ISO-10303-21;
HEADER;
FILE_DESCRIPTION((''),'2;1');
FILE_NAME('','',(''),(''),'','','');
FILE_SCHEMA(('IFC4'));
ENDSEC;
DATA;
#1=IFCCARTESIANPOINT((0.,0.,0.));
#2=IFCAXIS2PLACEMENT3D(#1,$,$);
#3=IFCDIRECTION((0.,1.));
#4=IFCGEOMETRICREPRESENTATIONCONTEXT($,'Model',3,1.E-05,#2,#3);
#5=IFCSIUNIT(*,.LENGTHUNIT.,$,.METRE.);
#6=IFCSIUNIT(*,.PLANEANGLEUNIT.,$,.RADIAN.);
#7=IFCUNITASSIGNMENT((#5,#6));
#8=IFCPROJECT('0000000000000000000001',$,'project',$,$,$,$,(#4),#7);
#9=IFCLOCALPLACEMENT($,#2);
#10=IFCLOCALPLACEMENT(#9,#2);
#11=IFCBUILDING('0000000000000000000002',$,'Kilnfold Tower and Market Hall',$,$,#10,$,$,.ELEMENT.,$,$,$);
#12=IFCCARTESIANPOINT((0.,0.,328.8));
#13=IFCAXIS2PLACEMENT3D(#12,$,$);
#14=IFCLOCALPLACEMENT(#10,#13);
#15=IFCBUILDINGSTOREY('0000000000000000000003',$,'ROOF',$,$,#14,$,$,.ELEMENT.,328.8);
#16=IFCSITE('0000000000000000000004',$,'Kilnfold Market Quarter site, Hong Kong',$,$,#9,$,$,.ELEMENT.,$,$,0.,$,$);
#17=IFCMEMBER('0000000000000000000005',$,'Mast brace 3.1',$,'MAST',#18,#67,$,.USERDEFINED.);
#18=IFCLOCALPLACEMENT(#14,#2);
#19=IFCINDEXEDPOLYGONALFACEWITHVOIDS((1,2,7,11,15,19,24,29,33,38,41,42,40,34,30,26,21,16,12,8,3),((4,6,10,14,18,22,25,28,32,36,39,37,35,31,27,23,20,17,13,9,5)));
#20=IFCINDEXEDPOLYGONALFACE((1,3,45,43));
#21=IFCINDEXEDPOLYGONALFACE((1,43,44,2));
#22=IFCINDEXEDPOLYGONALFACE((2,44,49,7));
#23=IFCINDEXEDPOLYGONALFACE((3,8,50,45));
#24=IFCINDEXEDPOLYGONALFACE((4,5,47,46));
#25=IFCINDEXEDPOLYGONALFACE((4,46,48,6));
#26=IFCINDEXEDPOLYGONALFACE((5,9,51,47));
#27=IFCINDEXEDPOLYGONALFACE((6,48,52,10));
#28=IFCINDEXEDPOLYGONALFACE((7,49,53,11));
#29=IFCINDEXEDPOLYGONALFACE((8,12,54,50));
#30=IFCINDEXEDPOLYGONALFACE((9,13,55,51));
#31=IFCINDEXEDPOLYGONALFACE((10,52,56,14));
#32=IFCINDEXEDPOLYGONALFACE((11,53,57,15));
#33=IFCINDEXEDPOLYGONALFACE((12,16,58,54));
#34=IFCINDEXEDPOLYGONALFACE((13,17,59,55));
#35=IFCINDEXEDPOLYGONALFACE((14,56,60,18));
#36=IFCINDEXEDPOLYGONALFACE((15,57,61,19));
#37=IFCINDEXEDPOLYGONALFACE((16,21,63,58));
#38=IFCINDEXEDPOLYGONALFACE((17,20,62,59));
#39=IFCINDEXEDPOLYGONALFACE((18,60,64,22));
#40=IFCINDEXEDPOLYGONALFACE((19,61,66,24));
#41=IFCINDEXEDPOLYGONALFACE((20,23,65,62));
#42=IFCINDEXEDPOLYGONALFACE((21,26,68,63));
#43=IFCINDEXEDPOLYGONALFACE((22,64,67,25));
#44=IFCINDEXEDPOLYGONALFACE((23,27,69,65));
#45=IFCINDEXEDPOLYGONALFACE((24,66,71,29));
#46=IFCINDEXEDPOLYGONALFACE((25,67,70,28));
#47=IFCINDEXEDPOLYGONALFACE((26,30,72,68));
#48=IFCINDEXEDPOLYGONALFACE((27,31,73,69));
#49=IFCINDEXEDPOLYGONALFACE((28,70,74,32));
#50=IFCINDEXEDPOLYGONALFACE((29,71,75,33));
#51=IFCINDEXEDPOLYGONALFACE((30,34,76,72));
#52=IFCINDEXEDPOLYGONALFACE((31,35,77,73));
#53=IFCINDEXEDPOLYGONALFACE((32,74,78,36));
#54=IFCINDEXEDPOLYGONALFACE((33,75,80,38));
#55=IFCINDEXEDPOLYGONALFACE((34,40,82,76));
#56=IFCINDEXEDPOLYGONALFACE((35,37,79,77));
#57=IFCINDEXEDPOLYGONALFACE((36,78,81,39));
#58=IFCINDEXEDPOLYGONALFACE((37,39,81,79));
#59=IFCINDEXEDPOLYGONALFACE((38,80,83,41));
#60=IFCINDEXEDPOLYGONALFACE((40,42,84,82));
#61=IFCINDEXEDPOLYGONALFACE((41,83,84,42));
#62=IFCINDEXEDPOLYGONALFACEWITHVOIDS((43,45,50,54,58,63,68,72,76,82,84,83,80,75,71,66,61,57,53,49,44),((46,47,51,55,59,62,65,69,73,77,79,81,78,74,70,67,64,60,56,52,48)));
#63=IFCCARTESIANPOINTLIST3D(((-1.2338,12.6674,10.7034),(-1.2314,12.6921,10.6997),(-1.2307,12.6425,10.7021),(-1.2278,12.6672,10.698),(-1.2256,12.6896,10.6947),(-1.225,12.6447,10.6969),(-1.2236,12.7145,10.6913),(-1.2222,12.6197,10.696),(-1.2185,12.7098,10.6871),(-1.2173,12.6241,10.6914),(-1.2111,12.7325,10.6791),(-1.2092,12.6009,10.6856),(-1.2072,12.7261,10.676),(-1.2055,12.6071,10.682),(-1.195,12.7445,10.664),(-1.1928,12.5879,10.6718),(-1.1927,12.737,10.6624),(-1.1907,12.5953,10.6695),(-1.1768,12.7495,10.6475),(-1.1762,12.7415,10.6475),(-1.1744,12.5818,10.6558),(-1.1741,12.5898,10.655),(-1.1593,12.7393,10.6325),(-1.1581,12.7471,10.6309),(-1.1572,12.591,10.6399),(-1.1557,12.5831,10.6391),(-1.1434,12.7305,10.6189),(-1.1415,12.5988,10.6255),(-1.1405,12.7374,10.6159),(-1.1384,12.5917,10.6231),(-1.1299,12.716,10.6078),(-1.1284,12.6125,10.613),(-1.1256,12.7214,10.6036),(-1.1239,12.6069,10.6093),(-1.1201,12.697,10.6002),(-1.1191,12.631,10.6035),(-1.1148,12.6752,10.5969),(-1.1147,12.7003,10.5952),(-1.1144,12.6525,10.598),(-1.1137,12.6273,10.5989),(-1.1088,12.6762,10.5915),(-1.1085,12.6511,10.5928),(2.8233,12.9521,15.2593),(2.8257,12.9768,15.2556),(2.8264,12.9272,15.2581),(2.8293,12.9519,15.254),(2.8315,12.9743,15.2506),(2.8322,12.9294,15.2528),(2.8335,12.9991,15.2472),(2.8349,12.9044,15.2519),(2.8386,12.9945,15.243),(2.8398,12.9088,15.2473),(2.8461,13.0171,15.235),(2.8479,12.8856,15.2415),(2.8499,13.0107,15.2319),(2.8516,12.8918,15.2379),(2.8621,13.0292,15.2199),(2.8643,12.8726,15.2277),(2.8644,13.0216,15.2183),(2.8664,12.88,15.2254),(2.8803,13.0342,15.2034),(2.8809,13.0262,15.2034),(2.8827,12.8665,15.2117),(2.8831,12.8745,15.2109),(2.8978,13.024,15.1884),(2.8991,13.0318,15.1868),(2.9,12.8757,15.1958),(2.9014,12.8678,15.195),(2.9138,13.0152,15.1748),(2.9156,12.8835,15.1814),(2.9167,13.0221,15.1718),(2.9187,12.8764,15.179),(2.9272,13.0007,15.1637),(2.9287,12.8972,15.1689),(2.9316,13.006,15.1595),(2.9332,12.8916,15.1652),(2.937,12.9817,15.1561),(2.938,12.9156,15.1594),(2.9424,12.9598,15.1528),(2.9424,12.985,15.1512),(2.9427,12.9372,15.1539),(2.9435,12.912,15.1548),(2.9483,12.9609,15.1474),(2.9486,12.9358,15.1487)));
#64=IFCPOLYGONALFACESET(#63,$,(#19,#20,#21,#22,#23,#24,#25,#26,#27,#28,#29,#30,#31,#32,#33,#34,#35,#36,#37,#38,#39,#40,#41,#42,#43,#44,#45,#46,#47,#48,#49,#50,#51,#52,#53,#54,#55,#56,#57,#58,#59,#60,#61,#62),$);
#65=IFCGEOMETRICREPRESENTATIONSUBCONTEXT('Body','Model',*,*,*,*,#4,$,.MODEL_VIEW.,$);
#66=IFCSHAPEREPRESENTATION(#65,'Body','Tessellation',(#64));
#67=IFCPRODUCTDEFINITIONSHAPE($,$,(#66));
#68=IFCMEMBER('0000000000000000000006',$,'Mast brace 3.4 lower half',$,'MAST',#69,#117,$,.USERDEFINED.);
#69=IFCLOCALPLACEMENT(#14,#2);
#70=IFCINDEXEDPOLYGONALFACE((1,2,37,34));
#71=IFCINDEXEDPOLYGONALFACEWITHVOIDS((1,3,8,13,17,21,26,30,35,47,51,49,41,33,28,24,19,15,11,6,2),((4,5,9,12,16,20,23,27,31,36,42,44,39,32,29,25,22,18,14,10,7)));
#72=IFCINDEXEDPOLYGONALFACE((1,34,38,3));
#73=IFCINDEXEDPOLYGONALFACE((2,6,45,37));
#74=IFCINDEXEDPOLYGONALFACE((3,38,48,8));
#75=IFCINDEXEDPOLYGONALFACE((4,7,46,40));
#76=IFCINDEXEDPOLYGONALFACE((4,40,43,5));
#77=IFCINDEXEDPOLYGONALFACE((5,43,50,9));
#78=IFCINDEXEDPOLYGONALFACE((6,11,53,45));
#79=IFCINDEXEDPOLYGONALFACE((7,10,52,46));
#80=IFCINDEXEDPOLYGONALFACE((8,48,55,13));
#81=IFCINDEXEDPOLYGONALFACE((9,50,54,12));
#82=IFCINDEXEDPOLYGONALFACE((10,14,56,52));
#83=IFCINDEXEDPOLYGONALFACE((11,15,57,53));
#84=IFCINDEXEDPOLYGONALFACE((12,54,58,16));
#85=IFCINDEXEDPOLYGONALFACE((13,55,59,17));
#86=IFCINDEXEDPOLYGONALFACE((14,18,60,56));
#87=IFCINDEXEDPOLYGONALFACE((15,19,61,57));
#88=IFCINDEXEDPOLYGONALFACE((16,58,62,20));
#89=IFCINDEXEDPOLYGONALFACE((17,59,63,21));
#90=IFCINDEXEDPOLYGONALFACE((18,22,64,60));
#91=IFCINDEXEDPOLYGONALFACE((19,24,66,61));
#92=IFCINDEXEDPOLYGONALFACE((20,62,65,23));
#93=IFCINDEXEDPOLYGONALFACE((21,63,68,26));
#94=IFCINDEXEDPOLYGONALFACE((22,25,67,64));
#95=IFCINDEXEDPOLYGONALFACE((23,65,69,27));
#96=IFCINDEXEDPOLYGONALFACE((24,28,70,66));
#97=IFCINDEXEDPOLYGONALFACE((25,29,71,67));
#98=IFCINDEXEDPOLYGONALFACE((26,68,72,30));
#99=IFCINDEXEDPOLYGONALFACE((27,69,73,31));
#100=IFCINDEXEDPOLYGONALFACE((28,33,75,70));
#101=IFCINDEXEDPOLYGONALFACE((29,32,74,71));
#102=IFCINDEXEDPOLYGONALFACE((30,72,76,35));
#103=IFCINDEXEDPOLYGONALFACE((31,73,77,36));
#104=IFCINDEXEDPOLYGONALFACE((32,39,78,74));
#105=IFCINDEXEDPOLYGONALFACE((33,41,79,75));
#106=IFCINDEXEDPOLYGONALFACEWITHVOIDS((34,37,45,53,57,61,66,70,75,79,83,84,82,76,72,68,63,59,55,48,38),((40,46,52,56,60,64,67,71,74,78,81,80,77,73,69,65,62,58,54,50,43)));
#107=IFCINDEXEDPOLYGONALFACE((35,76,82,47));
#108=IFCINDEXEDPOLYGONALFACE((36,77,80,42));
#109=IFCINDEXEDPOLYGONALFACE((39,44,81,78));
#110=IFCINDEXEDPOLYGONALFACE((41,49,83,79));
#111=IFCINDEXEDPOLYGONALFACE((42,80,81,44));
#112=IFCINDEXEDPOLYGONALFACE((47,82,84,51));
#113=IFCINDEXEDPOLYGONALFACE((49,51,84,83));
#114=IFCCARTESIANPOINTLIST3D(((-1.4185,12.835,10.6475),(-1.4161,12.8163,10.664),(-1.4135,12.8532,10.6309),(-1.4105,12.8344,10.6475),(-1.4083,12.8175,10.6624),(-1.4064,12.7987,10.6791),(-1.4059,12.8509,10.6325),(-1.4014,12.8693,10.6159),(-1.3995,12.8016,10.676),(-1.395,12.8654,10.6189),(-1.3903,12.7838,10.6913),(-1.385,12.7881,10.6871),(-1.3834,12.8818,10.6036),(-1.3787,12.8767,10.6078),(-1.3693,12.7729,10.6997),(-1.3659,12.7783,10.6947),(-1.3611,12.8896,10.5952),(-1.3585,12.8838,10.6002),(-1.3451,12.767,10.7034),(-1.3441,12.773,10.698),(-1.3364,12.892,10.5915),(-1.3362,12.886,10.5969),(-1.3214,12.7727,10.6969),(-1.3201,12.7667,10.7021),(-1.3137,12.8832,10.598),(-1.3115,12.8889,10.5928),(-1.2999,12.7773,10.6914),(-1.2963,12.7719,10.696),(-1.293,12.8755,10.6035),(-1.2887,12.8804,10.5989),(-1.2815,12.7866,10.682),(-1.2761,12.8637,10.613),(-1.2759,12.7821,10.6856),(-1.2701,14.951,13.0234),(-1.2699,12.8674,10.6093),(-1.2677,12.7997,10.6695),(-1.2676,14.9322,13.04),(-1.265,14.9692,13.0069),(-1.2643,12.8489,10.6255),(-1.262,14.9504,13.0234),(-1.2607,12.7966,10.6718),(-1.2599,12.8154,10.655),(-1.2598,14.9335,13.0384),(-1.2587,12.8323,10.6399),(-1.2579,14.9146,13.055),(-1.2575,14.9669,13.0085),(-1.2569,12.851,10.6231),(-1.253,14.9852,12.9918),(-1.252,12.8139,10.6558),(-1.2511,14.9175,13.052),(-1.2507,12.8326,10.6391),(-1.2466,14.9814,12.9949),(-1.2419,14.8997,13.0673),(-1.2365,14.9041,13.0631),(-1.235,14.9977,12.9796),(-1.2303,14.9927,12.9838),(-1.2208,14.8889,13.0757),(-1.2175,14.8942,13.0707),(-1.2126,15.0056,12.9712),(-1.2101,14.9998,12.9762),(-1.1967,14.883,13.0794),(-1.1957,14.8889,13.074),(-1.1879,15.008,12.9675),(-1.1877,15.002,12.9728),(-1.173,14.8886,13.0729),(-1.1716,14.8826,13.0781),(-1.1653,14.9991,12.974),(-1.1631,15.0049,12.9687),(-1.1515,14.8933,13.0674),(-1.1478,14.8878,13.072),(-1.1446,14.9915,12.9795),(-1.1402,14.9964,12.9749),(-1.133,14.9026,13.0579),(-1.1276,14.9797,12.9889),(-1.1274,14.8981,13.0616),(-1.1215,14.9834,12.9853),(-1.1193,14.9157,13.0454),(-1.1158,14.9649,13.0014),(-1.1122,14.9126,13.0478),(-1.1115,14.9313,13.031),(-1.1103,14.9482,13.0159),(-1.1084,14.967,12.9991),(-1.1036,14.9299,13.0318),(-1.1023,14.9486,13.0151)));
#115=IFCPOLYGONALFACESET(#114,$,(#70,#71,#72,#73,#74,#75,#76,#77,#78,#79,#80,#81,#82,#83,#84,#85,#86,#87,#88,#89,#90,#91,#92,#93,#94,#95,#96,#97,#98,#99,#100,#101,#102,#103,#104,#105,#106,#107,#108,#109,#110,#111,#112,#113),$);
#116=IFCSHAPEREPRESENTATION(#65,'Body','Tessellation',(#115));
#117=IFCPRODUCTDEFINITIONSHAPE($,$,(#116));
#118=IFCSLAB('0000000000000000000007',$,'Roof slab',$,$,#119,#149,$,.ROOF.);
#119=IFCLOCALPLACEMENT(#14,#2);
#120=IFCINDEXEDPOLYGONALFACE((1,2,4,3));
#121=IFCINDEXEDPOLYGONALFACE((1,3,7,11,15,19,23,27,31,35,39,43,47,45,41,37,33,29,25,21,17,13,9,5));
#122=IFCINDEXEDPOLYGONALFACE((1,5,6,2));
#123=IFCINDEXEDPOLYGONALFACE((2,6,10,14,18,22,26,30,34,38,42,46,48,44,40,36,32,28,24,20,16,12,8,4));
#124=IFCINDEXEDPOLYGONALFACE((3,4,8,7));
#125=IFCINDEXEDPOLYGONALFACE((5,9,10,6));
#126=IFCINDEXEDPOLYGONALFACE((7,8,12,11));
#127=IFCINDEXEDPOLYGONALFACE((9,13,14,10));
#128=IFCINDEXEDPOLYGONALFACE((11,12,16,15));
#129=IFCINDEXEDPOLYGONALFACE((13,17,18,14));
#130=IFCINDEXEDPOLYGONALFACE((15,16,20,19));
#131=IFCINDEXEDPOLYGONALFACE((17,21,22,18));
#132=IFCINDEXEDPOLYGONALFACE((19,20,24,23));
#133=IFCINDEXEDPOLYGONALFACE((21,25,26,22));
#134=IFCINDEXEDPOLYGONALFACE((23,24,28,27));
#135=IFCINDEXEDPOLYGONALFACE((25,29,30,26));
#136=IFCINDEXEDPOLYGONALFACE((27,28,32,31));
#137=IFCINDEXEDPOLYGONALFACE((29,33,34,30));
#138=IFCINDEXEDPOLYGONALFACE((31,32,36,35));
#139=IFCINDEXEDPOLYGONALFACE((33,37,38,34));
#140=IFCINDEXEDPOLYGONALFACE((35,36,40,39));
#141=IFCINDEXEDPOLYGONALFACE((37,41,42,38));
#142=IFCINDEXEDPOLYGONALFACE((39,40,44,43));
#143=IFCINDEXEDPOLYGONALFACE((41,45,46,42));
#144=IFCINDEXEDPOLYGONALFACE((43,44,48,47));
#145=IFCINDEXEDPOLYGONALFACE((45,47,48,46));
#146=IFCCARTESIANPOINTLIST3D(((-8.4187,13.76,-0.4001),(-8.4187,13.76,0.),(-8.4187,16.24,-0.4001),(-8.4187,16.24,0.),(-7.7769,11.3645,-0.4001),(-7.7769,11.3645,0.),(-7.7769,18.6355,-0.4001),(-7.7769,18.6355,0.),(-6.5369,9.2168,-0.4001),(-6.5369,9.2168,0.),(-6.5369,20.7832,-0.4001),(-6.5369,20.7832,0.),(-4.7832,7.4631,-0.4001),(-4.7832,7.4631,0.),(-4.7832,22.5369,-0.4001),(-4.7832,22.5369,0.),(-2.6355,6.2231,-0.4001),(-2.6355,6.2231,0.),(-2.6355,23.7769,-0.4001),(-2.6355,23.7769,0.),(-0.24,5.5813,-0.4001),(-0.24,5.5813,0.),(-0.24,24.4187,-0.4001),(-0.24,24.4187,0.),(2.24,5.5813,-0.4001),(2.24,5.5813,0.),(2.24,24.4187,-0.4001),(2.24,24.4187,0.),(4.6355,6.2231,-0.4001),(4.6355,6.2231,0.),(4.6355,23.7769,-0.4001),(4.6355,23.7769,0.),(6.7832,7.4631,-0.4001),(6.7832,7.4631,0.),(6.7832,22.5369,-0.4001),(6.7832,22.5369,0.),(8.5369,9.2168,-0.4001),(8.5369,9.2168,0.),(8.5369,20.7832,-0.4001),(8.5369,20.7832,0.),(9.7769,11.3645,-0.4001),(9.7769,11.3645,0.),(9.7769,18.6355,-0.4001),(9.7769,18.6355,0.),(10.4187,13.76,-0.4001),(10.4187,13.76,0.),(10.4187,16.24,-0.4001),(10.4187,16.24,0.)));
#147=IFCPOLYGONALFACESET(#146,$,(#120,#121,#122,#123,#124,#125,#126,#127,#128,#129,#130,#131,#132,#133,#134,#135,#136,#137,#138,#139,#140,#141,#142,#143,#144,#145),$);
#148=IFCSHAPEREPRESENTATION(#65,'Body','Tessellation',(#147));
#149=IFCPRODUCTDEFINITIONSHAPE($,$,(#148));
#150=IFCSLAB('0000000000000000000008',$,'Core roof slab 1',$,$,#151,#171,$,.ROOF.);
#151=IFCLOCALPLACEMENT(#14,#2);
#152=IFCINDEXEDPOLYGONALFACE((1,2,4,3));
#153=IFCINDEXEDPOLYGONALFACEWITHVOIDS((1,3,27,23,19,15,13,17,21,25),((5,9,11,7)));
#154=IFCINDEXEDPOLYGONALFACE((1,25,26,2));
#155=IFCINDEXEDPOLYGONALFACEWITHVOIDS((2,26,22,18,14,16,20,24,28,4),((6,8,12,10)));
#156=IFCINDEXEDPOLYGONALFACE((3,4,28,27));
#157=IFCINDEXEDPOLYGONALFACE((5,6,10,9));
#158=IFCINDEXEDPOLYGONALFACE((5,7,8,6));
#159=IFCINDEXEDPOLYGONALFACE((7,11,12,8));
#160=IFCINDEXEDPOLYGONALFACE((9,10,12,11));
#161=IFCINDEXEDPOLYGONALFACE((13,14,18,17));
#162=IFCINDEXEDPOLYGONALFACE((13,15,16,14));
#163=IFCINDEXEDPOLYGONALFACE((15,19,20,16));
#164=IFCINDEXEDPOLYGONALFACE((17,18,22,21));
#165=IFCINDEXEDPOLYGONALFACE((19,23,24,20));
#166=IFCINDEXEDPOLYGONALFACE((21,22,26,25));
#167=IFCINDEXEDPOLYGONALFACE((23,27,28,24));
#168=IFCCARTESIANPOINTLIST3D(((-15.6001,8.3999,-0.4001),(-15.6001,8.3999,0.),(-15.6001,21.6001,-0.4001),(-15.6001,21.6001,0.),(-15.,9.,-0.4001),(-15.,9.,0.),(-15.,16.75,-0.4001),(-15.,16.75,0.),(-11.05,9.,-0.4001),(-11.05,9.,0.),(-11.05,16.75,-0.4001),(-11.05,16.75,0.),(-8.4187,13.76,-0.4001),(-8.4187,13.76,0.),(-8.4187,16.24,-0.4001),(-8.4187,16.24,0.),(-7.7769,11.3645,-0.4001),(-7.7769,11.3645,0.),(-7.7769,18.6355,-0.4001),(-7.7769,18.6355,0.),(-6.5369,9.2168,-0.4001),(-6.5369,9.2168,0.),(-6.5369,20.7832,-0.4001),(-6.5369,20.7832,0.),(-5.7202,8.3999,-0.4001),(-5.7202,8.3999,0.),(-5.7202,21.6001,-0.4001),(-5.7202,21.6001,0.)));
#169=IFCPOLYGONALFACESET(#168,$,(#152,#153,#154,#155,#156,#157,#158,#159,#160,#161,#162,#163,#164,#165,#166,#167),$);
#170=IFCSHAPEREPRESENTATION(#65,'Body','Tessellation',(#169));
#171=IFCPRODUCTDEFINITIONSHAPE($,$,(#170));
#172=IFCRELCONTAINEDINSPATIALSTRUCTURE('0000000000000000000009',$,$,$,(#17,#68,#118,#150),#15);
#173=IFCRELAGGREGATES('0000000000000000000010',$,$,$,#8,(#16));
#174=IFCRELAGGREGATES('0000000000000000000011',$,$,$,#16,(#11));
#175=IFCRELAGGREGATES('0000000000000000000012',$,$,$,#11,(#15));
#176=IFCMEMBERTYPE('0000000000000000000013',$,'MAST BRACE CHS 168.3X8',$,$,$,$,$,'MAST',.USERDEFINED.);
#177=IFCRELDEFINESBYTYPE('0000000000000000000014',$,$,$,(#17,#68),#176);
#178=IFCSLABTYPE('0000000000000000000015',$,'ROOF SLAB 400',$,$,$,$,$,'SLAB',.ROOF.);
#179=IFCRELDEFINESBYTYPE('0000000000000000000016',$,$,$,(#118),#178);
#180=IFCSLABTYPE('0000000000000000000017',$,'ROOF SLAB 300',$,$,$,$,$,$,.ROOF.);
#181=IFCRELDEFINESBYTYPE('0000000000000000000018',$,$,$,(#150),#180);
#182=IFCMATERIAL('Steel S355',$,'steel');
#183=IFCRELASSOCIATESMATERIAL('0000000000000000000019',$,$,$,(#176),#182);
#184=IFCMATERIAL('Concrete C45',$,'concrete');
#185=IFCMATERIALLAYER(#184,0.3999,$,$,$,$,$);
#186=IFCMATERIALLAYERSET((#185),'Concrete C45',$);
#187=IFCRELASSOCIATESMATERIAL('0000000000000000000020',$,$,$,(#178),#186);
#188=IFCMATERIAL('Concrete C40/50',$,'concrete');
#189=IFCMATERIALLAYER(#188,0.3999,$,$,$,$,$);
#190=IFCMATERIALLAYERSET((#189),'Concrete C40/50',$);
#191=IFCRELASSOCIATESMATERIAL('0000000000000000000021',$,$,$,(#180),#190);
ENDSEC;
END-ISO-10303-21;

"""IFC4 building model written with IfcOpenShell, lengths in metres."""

from ifc_helpers import new_model, si_unit, direction, frame, origin, origin_2d, place, context, subcontext, project, spatial, polyline, hollow_circle, outline, extrude, source, transform, mapped, material, layer, layer_set, material_profile, profile_set, type_object, element, save


model = new_model("IFC4")

# Units and contexts
model_context = context("Model", 3, precision=1e-05, world=origin(), true_north=direction((0.0, 1.0)))
body_context = subcontext(model_context, "Body", "Model", "MODEL_VIEW")
ifc_project = project(units=[si_unit("LENGTHUNIT", "METRE"), si_unit("PLANEANGLEUNIT", "RADIAN")], contexts=[model_context])

# Site, building, storey
site_placement = place(None, origin())
site = spatial("IfcSite", under=ifc_project, at=site_placement, Name="Kilnfold Market Quarter site, Hong Kong", CompositionType="ELEMENT", RefElevation=0.0)
building_placement = place(site_placement, origin())
building = spatial("IfcBuilding", under=site, at=building_placement, Name="Kilnfold Tower and Market Hall", CompositionType="ELEMENT")
storey_placement = place(building_placement, frame((0.0, 0.0, 328.8)))
storey = spatial("IfcBuildingStorey", under=building, at=storey_placement, Name="ROOF", CompositionType="ELEMENT", Elevation=328.8)

# Members
ifc_material_1 = material(Name="Steel S355", Category="steel")
ifc_material_profile_1 = material_profile(ifc_material_1, hollow_circle(Radius=0.0842, WallThickness=0.0081, at=origin_2d()), Name="CHS 168.3x8")
ifc_profile_set_1 = profile_set([ifc_material_profile_1], Name="Steel S355")
member_type_1 = type_object("IfcMemberType", Name="MAST BRACE CHS 168.3X8", ElementType="MAST", PredefinedType="USERDEFINED", material=ifc_profile_set_1)
shared_shape_1 = source(origin(), body_context, "Body", "SweptSolid", [
    extrude(hollow_circle(Radius=0.0842, WallThickness=0.0081, at=origin_2d()), origin(), (0.0, 0.0, 1.0), 6.1072),
])
member_1_placement = place(storey_placement, frame((-1.1709, 12.6655, 10.6475), z_axis=(0.664321, 0.046612, 0.745992), x_axis=(-0.069993, 0.997547, 0.0)))
element("IfcMember", 1, at=member_1_placement, inside=storey, type_object=member_type_1, Name="Mast brace 3.1", ObjectType="MAST", PredefinedType="USERDEFINED", context=body_context, shape_type="MappedRepresentation", body=[
    mapped(shared_shape_1, transform((0.0, 0.0, 0.0))),
])
shared_shape_2 = source(origin(), body_context, "Body", "SweptSolid", [
    extrude(hollow_circle(Radius=0.0842, WallThickness=0.0081, at=origin_2d()), origin(), (0.0, 0.0, 1.0), 3.1851),
])
member_2_placement = place(storey_placement, frame((-1.3345, 12.8291, 10.6475), z_axis=(0.046604, 0.664341, 0.745975), x_axis=(-0.997548, 0.069979, 0.0)))
element("IfcMember", 2, at=member_2_placement, inside=storey, type_object=member_type_1, Name="Mast brace 3.4 lower half", ObjectType="MAST", PredefinedType="USERDEFINED", context=body_context, shape_type="MappedRepresentation", body=[
    mapped(shared_shape_2, transform((0.0, 0.0, 0.0))),
])

# Slabs
ifc_material_2 = material(Name="Concrete C45", Category="concrete")
ifc_layer_1 = layer(ifc_material_2, 0.3999)
ifc_layer_set_1 = layer_set([ifc_layer_1], Name="Concrete C45")
slab_type_1 = type_object("IfcSlabType", Name="ROOF SLAB 400", ElementType="SLAB", PredefinedType="ROOF", material=ifc_layer_set_1)
shared_shape_3 = source(origin(), body_context, "Body", "SweptSolid", [
    extrude(outline(polyline([(-0.24, 5.5813), (2.24, 5.5813), (4.6355, 6.2231), (6.7832, 7.4631), (8.5369, 9.2168), (9.7769, 11.3645), (10.4187, 13.76), (10.4187, 16.24), (9.7769, 18.6355), (8.5369, 20.7832), (6.7832, 22.5369), (4.6355, 23.7769), (2.24, 24.4187), (-0.24, 24.4187), (-2.6355, 23.7769), (-4.7832, 22.5369), (-6.5369, 20.7832), (-7.7769, 18.6355), (-8.4187, 16.24), (-8.4187, 13.76), (-7.7769, 11.3645), (-6.5369, 9.2168), (-4.7832, 7.4631), (-2.6355, 6.2231), (-0.24, 5.5813)])), origin(), (0.0, 0.0, 1.0), 0.4001),
])
slab_1_placement = place(storey_placement, frame((0.0, 0.0, -0.4001)))
element("IfcSlab", 3, at=slab_1_placement, inside=storey, type_object=slab_type_1, Name="Roof slab", PredefinedType="ROOF", context=body_context, shape_type="MappedRepresentation", body=[
    mapped(shared_shape_3, transform((0.0, 0.0, 0.0))),
])
ifc_material_3 = material(Name="Concrete C40/50", Category="concrete")
ifc_layer_2 = layer(ifc_material_3, 0.3999)
ifc_layer_set_2 = layer_set([ifc_layer_2], Name="Concrete C40/50")
slab_type_2 = type_object("IfcSlabType", Name="ROOF SLAB 300", PredefinedType="ROOF", material=ifc_layer_set_2)
shared_shape_4 = source(origin(), body_context, "Body", "SweptSolid", [
    extrude(outline(polyline([(-15.6001, 21.6001), (-5.7202, 21.6001), (-6.5369, 20.7832), (-7.7769, 18.6355), (-8.4187, 16.24), (-8.4187, 13.76), (-7.7769, 11.3645), (-6.5369, 9.2168), (-5.7202, 8.3999), (-15.6001, 8.3999), (-15.6001, 21.6001)]), holes=[polyline([(-15.0, 16.75), (-15.0, 9.0), (-11.05, 9.0), (-11.05, 16.75), (-15.0, 16.75)])]), origin(), (0.0, 0.0, 1.0), 0.4001),
])
slab_2_placement = place(storey_placement, frame((0.0, 0.0, -0.4001)))
element("IfcSlab", 4, at=slab_2_placement, inside=storey, type_object=slab_type_2, Name="Core roof slab 1", PredefinedType="ROOF", context=body_context, shape_type="MappedRepresentation", body=[
    mapped(shared_shape_4, transform((0.0, 0.0, 0.0))),
])

save(model, "model.ifc")
